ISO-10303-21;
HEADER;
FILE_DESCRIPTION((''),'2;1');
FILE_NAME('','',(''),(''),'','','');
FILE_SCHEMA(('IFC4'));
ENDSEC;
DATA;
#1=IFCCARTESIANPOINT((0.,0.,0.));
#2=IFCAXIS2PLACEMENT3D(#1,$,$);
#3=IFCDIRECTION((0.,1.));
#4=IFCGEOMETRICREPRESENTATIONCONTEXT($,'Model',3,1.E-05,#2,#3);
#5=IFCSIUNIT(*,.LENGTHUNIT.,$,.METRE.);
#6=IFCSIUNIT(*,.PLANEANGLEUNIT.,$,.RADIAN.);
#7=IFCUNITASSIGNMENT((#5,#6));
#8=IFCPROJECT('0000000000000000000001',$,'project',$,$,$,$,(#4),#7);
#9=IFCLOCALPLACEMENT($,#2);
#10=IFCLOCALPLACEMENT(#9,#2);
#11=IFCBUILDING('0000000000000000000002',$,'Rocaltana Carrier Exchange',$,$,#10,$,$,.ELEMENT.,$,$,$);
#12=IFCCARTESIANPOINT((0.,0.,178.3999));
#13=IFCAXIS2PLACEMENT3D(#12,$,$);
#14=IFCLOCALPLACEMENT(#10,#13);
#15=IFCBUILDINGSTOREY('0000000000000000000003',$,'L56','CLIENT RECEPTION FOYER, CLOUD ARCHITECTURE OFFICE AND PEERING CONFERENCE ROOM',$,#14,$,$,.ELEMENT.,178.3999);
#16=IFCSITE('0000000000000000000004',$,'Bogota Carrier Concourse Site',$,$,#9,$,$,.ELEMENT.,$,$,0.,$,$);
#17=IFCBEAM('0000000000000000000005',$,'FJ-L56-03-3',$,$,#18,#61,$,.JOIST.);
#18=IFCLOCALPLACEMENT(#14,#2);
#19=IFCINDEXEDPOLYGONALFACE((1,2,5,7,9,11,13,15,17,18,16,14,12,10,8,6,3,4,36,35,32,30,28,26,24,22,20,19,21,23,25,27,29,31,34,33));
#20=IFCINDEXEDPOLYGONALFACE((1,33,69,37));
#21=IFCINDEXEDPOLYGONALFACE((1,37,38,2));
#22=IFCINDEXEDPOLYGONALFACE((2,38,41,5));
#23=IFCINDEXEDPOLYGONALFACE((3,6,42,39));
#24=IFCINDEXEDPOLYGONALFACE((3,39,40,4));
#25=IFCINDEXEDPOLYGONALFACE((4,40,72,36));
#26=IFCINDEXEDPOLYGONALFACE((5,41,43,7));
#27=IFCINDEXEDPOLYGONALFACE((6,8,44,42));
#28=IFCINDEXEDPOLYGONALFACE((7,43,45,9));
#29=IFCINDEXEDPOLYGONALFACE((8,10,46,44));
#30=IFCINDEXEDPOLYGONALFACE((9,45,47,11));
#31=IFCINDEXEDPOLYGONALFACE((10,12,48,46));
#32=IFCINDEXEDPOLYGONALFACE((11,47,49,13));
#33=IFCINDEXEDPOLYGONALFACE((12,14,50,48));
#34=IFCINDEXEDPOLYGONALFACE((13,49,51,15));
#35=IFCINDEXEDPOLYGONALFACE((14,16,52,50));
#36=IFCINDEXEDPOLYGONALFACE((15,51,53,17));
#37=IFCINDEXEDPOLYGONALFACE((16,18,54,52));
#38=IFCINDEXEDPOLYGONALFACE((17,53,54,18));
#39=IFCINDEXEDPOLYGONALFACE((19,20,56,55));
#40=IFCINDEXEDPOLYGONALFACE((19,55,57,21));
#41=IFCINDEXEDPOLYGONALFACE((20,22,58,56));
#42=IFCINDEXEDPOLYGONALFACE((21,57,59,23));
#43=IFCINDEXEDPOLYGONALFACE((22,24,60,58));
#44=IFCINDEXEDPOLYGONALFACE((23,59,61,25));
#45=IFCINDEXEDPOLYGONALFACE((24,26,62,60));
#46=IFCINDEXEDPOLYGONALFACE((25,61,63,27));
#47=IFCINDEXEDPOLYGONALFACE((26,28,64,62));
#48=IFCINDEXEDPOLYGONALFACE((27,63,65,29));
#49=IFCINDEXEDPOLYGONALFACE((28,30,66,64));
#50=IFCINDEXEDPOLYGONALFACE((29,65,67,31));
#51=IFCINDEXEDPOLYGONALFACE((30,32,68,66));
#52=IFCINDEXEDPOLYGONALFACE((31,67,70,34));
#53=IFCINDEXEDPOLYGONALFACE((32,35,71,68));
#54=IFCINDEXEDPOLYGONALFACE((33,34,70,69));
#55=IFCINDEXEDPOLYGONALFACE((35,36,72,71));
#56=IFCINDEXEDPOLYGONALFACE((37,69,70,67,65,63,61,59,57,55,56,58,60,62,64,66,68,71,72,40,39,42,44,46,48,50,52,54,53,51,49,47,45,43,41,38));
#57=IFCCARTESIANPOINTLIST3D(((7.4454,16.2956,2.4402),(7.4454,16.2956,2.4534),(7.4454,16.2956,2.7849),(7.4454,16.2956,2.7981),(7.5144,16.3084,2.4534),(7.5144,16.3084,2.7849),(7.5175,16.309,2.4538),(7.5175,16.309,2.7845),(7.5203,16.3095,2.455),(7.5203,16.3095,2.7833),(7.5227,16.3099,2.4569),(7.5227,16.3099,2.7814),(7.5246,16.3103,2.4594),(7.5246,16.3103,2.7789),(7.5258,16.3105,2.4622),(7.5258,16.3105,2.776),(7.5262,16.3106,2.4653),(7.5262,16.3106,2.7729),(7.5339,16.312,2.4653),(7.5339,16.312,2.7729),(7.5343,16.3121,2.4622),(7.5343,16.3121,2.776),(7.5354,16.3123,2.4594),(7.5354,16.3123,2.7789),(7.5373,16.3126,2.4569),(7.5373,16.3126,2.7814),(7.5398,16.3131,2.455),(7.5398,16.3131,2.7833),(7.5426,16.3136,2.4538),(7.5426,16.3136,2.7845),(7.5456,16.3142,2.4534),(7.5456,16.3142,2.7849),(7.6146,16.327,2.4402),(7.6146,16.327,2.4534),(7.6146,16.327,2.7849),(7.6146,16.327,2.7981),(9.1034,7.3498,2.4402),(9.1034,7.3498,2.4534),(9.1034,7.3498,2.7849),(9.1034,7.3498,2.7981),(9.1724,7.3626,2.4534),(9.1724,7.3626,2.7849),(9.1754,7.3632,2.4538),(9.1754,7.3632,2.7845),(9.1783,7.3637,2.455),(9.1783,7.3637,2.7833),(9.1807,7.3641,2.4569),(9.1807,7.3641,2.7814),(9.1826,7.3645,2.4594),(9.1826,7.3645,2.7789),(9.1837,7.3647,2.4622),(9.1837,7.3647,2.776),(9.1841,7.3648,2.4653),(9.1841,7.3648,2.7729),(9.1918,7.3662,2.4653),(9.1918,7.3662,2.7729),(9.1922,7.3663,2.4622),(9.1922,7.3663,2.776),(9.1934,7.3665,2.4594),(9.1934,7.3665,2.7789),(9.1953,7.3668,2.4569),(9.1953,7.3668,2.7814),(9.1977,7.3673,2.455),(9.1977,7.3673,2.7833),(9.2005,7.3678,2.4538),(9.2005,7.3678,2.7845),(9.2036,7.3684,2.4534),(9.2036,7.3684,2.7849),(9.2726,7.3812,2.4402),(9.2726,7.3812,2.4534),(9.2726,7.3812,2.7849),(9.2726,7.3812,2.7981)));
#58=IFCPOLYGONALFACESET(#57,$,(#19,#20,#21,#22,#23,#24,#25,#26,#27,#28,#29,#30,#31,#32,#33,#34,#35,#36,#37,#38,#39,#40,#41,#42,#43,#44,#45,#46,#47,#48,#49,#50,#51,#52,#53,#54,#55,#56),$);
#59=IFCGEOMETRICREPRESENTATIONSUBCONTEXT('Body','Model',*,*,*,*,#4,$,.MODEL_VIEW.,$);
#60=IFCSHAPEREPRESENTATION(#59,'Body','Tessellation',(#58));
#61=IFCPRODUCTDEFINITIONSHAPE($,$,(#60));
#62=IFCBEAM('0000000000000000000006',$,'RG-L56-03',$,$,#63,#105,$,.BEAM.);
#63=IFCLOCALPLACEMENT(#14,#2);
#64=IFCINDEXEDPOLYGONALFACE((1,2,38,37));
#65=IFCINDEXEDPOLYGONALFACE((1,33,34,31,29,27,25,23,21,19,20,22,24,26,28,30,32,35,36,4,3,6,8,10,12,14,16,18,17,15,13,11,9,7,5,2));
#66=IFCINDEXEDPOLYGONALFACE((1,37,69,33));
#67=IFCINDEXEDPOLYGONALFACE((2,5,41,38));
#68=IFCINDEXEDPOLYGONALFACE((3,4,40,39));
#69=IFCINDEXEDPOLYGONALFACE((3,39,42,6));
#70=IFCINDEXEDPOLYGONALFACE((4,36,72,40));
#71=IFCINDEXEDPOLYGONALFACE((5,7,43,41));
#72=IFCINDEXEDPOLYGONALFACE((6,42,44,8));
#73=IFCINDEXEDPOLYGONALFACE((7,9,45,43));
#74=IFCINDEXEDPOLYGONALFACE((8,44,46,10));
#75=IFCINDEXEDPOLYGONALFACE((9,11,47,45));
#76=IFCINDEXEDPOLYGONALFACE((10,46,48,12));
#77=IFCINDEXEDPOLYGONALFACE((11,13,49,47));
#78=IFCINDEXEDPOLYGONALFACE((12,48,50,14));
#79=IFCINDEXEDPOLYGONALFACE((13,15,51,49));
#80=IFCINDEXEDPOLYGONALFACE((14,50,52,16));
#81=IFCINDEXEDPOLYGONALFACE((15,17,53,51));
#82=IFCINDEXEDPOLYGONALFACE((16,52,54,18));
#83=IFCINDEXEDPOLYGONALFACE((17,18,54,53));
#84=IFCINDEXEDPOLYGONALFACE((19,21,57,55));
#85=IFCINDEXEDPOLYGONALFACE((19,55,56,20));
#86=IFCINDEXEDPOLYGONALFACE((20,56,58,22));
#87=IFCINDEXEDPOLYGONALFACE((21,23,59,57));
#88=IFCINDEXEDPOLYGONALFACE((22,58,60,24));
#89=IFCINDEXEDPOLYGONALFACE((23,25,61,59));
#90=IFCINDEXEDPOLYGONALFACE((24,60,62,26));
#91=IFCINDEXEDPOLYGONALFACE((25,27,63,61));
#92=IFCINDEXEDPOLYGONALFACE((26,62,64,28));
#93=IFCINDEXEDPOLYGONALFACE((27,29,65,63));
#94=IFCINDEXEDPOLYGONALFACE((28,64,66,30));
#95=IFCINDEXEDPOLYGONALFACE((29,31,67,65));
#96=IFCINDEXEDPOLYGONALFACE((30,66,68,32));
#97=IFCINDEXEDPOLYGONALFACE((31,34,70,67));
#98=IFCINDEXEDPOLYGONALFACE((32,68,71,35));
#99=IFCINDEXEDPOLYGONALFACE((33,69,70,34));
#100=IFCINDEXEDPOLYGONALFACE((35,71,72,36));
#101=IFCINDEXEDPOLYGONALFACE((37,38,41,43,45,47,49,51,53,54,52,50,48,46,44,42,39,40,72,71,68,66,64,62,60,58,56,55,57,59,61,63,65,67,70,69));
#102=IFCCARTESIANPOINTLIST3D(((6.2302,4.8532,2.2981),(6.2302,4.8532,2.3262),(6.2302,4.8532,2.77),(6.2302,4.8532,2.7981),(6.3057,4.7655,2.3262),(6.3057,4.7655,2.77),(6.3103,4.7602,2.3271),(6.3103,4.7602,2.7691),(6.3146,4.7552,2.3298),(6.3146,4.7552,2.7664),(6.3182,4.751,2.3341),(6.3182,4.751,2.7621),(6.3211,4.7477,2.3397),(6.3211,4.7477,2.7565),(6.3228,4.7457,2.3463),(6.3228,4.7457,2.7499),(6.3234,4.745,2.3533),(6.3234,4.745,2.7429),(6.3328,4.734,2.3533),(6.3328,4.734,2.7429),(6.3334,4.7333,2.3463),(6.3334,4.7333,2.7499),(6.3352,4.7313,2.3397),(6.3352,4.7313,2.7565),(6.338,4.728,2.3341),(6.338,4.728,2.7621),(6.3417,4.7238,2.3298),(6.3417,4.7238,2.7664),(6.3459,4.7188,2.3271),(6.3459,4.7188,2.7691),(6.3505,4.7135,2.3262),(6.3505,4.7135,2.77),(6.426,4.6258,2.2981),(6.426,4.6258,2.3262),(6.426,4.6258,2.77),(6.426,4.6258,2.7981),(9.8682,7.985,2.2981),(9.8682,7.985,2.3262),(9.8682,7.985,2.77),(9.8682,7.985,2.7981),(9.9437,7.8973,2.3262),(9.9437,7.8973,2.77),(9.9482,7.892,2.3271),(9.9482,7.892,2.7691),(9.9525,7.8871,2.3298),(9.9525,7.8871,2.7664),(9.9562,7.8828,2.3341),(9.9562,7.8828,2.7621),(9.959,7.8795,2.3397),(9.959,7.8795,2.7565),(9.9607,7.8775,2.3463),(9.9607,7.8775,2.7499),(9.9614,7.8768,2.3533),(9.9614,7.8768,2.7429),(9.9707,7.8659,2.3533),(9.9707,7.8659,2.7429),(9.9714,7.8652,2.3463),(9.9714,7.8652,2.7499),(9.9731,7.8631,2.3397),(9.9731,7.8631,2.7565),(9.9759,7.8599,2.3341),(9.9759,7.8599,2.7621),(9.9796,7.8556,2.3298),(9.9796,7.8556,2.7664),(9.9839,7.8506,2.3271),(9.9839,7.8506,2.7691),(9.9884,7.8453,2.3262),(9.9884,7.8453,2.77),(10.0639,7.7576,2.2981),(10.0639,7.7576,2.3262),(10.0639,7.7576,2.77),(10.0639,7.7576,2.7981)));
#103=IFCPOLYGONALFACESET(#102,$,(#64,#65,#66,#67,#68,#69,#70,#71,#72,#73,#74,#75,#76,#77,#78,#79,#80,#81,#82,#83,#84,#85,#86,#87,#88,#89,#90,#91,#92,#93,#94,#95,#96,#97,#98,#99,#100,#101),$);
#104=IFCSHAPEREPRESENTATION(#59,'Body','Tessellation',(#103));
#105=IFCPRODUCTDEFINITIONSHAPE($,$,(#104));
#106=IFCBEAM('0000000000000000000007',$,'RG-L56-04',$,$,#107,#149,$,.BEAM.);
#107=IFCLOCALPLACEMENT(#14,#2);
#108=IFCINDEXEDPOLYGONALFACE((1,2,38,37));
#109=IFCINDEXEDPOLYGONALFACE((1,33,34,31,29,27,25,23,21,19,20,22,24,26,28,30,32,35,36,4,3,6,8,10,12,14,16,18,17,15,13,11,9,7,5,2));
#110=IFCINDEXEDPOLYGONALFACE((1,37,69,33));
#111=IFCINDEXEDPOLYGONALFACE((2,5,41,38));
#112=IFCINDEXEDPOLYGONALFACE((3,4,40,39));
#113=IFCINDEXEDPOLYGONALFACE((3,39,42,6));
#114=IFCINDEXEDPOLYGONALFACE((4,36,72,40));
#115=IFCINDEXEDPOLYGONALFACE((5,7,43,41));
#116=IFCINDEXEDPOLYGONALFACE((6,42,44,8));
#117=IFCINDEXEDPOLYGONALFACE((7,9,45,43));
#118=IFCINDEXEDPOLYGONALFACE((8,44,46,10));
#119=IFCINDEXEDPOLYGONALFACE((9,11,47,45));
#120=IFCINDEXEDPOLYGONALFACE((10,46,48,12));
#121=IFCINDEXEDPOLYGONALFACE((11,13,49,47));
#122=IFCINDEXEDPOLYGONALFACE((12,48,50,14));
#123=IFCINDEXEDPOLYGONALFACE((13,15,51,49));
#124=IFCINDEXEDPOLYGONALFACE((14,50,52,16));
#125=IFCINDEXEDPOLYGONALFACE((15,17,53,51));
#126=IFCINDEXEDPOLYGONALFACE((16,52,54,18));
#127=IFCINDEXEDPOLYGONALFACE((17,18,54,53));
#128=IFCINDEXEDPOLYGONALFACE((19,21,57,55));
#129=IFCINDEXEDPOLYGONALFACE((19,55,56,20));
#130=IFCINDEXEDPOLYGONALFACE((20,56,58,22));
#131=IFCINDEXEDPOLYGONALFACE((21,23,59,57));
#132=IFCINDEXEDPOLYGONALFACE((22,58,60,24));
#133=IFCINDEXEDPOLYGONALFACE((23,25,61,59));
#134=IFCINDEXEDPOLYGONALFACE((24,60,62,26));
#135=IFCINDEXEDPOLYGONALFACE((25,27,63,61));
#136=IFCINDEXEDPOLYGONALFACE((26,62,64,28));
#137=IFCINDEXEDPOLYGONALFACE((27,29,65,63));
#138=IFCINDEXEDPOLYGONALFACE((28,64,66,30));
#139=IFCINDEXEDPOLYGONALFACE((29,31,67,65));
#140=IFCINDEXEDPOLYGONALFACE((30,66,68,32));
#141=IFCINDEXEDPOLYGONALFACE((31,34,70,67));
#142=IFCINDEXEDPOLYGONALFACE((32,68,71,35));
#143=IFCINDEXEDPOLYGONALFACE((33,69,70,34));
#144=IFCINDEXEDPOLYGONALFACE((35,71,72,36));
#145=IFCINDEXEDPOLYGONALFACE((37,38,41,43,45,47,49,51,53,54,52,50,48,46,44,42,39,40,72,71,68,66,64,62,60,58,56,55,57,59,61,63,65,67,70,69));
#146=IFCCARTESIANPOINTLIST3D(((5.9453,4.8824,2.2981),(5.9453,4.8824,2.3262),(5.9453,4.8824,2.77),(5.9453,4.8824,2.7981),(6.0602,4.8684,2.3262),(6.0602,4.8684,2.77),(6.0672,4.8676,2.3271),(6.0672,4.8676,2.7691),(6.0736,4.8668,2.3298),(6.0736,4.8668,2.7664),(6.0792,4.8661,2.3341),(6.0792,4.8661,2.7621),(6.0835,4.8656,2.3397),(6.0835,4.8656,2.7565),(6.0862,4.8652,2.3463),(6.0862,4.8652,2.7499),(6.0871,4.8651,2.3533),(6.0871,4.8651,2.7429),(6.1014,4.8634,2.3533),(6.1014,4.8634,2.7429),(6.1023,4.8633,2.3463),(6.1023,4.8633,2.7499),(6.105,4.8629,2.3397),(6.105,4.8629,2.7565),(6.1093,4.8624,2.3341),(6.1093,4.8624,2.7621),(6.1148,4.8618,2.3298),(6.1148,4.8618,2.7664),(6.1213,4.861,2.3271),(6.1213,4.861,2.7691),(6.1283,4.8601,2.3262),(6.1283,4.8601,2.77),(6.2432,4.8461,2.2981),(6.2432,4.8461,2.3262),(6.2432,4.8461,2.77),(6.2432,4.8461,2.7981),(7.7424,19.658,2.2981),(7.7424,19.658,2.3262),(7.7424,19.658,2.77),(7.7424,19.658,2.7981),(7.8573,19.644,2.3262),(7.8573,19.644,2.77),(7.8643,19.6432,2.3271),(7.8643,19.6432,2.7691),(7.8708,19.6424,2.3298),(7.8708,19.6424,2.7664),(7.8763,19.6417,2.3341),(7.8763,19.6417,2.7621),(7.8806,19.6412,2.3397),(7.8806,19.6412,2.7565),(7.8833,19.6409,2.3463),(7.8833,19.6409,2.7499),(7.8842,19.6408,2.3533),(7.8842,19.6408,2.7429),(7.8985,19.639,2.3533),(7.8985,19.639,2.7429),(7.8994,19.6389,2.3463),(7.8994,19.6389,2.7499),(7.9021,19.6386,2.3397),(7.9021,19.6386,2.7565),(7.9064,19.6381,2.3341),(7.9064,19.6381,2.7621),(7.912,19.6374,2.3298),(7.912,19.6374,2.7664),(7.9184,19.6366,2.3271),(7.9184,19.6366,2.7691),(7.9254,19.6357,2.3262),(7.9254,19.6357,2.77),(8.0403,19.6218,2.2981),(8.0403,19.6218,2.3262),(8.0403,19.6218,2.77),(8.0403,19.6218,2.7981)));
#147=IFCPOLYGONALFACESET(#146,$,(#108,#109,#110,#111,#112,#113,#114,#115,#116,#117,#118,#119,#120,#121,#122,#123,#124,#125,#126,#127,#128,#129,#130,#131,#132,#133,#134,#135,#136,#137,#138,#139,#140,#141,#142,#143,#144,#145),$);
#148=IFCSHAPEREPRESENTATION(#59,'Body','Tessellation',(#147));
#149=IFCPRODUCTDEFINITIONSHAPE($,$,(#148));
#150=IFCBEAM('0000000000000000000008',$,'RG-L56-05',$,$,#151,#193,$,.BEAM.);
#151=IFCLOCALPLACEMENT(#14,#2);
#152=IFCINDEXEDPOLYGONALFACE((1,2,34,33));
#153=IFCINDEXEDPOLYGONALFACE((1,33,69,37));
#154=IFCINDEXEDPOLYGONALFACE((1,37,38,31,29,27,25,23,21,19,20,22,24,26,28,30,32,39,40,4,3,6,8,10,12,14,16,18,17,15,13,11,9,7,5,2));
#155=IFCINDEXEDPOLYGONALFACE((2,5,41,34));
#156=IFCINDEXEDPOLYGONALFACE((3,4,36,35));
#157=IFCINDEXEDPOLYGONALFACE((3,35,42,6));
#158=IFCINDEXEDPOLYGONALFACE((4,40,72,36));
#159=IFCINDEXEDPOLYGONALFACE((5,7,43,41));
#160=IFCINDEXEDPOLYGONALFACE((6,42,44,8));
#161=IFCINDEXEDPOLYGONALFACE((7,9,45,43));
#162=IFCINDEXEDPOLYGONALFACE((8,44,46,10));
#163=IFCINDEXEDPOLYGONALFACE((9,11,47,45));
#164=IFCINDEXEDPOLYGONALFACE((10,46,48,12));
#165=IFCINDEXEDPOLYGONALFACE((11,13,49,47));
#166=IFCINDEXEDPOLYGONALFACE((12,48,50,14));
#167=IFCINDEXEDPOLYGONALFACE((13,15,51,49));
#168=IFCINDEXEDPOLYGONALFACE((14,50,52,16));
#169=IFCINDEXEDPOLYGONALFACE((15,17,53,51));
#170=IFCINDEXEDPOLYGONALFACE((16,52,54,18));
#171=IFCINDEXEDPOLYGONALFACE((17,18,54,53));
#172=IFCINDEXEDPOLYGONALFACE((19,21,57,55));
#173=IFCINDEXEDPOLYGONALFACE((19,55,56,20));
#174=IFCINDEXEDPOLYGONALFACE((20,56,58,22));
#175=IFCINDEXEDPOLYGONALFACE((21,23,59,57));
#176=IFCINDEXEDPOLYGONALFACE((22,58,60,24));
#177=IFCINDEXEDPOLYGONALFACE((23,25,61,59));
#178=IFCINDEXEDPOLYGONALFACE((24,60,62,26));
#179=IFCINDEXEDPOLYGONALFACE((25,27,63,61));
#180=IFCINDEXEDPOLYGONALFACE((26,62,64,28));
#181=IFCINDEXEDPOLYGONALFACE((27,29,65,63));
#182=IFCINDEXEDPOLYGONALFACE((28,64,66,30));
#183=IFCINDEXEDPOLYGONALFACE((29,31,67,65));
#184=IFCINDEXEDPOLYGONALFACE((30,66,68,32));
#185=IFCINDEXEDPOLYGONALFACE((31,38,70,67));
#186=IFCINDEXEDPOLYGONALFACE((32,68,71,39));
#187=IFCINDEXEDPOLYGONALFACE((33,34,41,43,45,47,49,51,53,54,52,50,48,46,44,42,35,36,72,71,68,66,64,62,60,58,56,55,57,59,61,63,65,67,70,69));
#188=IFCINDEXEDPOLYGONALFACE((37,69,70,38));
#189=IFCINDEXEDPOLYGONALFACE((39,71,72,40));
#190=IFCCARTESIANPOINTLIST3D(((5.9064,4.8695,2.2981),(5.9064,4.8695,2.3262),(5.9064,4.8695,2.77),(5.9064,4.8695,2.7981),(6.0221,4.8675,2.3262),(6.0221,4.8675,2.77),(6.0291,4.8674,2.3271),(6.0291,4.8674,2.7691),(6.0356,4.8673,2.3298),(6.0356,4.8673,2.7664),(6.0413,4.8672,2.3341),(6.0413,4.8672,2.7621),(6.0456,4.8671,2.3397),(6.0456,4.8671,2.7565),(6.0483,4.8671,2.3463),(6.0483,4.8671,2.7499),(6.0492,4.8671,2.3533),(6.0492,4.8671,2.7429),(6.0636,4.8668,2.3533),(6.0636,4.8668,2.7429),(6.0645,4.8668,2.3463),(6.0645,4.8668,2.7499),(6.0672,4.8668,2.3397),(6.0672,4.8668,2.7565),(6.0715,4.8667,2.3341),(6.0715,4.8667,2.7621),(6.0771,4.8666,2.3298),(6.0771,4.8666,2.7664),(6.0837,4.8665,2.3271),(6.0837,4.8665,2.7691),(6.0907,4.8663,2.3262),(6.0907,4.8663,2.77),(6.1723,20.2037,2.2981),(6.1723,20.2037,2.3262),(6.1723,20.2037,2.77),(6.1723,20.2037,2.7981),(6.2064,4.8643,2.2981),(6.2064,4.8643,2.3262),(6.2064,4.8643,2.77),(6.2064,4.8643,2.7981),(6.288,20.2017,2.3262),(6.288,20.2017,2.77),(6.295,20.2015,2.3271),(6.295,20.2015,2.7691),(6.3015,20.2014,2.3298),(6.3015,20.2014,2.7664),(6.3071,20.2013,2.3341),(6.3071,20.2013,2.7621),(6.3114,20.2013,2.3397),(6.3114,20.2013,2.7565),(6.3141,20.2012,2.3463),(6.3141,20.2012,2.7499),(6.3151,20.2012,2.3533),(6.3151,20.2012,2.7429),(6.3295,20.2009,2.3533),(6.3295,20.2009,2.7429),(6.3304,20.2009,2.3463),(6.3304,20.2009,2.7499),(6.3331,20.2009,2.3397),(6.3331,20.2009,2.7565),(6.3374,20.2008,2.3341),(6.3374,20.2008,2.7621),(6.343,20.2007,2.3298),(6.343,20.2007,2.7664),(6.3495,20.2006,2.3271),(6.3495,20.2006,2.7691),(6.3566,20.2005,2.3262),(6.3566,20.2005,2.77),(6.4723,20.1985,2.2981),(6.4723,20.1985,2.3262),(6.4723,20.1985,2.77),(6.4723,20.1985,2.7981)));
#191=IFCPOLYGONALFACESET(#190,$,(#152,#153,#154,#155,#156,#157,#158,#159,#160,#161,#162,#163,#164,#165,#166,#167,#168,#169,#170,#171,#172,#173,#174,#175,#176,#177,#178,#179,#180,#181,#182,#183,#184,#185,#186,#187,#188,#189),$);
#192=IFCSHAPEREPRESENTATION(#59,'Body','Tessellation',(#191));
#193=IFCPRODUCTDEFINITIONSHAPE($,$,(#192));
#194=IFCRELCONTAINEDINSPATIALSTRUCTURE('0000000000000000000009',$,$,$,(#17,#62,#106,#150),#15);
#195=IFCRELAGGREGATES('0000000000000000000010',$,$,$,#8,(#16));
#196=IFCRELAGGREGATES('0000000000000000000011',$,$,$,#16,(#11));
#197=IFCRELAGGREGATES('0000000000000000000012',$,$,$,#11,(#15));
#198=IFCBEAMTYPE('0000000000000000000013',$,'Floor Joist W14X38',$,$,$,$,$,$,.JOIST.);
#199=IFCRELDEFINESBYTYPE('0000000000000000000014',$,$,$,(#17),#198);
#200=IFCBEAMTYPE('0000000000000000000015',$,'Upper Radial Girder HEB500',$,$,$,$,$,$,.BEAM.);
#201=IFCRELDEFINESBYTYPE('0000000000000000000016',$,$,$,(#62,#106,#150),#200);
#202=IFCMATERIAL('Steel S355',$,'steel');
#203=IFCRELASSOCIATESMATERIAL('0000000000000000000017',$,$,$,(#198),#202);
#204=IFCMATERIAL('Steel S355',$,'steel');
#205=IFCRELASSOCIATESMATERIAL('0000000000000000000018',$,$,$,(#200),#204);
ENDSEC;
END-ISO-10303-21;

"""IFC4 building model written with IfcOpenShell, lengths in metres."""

from ifc_helpers import new_model, si_unit, direction, frame, origin, origin_2d, place, context, subcontext, project, spatial, i_section, extrude, material, material_profile, profile_set, type_object, element, save


model = new_model("IFC4")

# Units and contexts
model_context = context("Model", 3, precision=1e-05, world=origin(), true_north=direction((0.0, 1.0)))
body_context = subcontext(model_context, "Body", "Model", "MODEL_VIEW")
ifc_project = project(units=[si_unit("LENGTHUNIT", "METRE"), si_unit("PLANEANGLEUNIT", "RADIAN")], contexts=[model_context])

# Site, building, storey
site_placement = place(None, origin())
site = spatial("IfcSite", under=ifc_project, at=site_placement, Name="Bogota Carrier Concourse Site", CompositionType="ELEMENT", RefElevation=0.0)
building_placement = place(site_placement, origin())
building = spatial("IfcBuilding", under=site, at=building_placement, Name="Rocaltana Carrier Exchange", CompositionType="ELEMENT")
storey_placement = place(building_placement, frame((0.0, 0.0, 178.3999)))
storey = spatial("IfcBuildingStorey", under=building, at=storey_placement, Name="L56", Description="CLIENT RECEPTION FOYER, CLOUD ARCHITECTURE OFFICE AND PEERING CONFERENCE ROOM", CompositionType="ELEMENT", Elevation=178.3999)

# Beams
ifc_material_1 = material(Name="Steel S355", Category="steel")
ifc_material_profile_1 = material_profile(ifc_material_1, i_section(OverallWidth=0.1721, OverallDepth=0.3579, WebThickness=0.0078, FlangeThickness=0.0132, FilletRadius=0.012, at=origin_2d()), Name="W14X38")
ifc_profile_set_1 = profile_set([ifc_material_profile_1], Name="Steel S355")
beam_type_1 = type_object("IfcBeamType", Name="Floor Joist W14X38", PredefinedType="JOIST", material=ifc_profile_set_1)
beam_1_placement = place(storey_placement, frame((9.188, 7.3655, 2.6191), z_axis=(-0.182231, 0.983256, 0.0), x_axis=(-0.983256, -0.182231, 0.0)))
element("IfcBeam", 1, at=beam_1_placement, inside=storey, type_object=beam_type_1, Name="FJ-L56-03-3", PredefinedType="JOIST", context=body_context, shape_type="SweptSolid", body=[
    extrude(i_section(OverallWidth=0.1721, OverallDepth=0.3579, WebThickness=0.0078, FlangeThickness=0.0132, FilletRadius=0.012, at=origin_2d()), origin(), (0.0, 0.0, 1.0), 9.0981),
])
ifc_material_2 = material(Name="Steel S355", Category="steel")
ifc_material_profile_2 = material_profile(ifc_material_2, i_section(OverallWidth=0.3, OverallDepth=0.5, WebThickness=0.0144, FlangeThickness=0.0281, FilletRadius=0.0271, at=origin_2d()), Name="HEB500")
ifc_profile_set_2 = profile_set([ifc_material_profile_2], Name="Steel S355")
beam_type_2 = type_object("IfcBeamType", Name="Upper Radial Girder HEB500", PredefinedType="BEAM", material=ifc_profile_set_2)
beam_2_placement = place(storey_placement, frame((6.3281, 4.7395, 2.5481), z_axis=(0.757855, 0.652423, 0.0), x_axis=(-0.652423, 0.757855, 0.0)))
element("IfcBeam", 2, at=beam_2_placement, inside=storey, type_object=beam_type_2, Name="RG-L56-03", PredefinedType="BEAM", context=body_context, shape_type="SweptSolid", body=[
    extrude(i_section(OverallWidth=0.3, OverallDepth=0.5, WebThickness=0.0144, FlangeThickness=0.0281, FilletRadius=0.0271, at=origin_2d()), origin(), (0.0, 0.0, 1.0), 4.8003),
])
beam_3_placement = place(storey_placement, frame((6.0942, 4.8643, 2.5481), z_axis=(0.120737, 0.992684, 0.0), x_axis=(-0.992684, 0.120737, 0.0)))
element("IfcBeam", 3, at=beam_3_placement, inside=storey, type_object=beam_type_2, Name="RG-L56-04", PredefinedType="BEAM", context=body_context, shape_type="SweptSolid", body=[
    extrude(i_section(OverallWidth=0.3, OverallDepth=0.5, WebThickness=0.0144, FlangeThickness=0.0281, FilletRadius=0.0271, at=origin_2d()), origin(), (0.0, 0.0, 1.0), 14.8845),
])
beam_4_placement = place(storey_placement, frame((6.0564, 4.8669, 2.5481), z_axis=(0.017336, 0.99985, 0.0), x_axis=(-0.99985, 0.017336, 0.0)))
element("IfcBeam", 4, at=beam_4_placement, inside=storey, type_object=beam_type_2, Name="RG-L56-05", PredefinedType="BEAM", context=body_context, shape_type="SweptSolid", body=[
    extrude(i_section(OverallWidth=0.3, OverallDepth=0.5, WebThickness=0.0144, FlangeThickness=0.0281, FilletRadius=0.0271, at=origin_2d()), origin(), (0.0, 0.0, 1.0), 15.3364),
])

save(model, "model.ifc")
